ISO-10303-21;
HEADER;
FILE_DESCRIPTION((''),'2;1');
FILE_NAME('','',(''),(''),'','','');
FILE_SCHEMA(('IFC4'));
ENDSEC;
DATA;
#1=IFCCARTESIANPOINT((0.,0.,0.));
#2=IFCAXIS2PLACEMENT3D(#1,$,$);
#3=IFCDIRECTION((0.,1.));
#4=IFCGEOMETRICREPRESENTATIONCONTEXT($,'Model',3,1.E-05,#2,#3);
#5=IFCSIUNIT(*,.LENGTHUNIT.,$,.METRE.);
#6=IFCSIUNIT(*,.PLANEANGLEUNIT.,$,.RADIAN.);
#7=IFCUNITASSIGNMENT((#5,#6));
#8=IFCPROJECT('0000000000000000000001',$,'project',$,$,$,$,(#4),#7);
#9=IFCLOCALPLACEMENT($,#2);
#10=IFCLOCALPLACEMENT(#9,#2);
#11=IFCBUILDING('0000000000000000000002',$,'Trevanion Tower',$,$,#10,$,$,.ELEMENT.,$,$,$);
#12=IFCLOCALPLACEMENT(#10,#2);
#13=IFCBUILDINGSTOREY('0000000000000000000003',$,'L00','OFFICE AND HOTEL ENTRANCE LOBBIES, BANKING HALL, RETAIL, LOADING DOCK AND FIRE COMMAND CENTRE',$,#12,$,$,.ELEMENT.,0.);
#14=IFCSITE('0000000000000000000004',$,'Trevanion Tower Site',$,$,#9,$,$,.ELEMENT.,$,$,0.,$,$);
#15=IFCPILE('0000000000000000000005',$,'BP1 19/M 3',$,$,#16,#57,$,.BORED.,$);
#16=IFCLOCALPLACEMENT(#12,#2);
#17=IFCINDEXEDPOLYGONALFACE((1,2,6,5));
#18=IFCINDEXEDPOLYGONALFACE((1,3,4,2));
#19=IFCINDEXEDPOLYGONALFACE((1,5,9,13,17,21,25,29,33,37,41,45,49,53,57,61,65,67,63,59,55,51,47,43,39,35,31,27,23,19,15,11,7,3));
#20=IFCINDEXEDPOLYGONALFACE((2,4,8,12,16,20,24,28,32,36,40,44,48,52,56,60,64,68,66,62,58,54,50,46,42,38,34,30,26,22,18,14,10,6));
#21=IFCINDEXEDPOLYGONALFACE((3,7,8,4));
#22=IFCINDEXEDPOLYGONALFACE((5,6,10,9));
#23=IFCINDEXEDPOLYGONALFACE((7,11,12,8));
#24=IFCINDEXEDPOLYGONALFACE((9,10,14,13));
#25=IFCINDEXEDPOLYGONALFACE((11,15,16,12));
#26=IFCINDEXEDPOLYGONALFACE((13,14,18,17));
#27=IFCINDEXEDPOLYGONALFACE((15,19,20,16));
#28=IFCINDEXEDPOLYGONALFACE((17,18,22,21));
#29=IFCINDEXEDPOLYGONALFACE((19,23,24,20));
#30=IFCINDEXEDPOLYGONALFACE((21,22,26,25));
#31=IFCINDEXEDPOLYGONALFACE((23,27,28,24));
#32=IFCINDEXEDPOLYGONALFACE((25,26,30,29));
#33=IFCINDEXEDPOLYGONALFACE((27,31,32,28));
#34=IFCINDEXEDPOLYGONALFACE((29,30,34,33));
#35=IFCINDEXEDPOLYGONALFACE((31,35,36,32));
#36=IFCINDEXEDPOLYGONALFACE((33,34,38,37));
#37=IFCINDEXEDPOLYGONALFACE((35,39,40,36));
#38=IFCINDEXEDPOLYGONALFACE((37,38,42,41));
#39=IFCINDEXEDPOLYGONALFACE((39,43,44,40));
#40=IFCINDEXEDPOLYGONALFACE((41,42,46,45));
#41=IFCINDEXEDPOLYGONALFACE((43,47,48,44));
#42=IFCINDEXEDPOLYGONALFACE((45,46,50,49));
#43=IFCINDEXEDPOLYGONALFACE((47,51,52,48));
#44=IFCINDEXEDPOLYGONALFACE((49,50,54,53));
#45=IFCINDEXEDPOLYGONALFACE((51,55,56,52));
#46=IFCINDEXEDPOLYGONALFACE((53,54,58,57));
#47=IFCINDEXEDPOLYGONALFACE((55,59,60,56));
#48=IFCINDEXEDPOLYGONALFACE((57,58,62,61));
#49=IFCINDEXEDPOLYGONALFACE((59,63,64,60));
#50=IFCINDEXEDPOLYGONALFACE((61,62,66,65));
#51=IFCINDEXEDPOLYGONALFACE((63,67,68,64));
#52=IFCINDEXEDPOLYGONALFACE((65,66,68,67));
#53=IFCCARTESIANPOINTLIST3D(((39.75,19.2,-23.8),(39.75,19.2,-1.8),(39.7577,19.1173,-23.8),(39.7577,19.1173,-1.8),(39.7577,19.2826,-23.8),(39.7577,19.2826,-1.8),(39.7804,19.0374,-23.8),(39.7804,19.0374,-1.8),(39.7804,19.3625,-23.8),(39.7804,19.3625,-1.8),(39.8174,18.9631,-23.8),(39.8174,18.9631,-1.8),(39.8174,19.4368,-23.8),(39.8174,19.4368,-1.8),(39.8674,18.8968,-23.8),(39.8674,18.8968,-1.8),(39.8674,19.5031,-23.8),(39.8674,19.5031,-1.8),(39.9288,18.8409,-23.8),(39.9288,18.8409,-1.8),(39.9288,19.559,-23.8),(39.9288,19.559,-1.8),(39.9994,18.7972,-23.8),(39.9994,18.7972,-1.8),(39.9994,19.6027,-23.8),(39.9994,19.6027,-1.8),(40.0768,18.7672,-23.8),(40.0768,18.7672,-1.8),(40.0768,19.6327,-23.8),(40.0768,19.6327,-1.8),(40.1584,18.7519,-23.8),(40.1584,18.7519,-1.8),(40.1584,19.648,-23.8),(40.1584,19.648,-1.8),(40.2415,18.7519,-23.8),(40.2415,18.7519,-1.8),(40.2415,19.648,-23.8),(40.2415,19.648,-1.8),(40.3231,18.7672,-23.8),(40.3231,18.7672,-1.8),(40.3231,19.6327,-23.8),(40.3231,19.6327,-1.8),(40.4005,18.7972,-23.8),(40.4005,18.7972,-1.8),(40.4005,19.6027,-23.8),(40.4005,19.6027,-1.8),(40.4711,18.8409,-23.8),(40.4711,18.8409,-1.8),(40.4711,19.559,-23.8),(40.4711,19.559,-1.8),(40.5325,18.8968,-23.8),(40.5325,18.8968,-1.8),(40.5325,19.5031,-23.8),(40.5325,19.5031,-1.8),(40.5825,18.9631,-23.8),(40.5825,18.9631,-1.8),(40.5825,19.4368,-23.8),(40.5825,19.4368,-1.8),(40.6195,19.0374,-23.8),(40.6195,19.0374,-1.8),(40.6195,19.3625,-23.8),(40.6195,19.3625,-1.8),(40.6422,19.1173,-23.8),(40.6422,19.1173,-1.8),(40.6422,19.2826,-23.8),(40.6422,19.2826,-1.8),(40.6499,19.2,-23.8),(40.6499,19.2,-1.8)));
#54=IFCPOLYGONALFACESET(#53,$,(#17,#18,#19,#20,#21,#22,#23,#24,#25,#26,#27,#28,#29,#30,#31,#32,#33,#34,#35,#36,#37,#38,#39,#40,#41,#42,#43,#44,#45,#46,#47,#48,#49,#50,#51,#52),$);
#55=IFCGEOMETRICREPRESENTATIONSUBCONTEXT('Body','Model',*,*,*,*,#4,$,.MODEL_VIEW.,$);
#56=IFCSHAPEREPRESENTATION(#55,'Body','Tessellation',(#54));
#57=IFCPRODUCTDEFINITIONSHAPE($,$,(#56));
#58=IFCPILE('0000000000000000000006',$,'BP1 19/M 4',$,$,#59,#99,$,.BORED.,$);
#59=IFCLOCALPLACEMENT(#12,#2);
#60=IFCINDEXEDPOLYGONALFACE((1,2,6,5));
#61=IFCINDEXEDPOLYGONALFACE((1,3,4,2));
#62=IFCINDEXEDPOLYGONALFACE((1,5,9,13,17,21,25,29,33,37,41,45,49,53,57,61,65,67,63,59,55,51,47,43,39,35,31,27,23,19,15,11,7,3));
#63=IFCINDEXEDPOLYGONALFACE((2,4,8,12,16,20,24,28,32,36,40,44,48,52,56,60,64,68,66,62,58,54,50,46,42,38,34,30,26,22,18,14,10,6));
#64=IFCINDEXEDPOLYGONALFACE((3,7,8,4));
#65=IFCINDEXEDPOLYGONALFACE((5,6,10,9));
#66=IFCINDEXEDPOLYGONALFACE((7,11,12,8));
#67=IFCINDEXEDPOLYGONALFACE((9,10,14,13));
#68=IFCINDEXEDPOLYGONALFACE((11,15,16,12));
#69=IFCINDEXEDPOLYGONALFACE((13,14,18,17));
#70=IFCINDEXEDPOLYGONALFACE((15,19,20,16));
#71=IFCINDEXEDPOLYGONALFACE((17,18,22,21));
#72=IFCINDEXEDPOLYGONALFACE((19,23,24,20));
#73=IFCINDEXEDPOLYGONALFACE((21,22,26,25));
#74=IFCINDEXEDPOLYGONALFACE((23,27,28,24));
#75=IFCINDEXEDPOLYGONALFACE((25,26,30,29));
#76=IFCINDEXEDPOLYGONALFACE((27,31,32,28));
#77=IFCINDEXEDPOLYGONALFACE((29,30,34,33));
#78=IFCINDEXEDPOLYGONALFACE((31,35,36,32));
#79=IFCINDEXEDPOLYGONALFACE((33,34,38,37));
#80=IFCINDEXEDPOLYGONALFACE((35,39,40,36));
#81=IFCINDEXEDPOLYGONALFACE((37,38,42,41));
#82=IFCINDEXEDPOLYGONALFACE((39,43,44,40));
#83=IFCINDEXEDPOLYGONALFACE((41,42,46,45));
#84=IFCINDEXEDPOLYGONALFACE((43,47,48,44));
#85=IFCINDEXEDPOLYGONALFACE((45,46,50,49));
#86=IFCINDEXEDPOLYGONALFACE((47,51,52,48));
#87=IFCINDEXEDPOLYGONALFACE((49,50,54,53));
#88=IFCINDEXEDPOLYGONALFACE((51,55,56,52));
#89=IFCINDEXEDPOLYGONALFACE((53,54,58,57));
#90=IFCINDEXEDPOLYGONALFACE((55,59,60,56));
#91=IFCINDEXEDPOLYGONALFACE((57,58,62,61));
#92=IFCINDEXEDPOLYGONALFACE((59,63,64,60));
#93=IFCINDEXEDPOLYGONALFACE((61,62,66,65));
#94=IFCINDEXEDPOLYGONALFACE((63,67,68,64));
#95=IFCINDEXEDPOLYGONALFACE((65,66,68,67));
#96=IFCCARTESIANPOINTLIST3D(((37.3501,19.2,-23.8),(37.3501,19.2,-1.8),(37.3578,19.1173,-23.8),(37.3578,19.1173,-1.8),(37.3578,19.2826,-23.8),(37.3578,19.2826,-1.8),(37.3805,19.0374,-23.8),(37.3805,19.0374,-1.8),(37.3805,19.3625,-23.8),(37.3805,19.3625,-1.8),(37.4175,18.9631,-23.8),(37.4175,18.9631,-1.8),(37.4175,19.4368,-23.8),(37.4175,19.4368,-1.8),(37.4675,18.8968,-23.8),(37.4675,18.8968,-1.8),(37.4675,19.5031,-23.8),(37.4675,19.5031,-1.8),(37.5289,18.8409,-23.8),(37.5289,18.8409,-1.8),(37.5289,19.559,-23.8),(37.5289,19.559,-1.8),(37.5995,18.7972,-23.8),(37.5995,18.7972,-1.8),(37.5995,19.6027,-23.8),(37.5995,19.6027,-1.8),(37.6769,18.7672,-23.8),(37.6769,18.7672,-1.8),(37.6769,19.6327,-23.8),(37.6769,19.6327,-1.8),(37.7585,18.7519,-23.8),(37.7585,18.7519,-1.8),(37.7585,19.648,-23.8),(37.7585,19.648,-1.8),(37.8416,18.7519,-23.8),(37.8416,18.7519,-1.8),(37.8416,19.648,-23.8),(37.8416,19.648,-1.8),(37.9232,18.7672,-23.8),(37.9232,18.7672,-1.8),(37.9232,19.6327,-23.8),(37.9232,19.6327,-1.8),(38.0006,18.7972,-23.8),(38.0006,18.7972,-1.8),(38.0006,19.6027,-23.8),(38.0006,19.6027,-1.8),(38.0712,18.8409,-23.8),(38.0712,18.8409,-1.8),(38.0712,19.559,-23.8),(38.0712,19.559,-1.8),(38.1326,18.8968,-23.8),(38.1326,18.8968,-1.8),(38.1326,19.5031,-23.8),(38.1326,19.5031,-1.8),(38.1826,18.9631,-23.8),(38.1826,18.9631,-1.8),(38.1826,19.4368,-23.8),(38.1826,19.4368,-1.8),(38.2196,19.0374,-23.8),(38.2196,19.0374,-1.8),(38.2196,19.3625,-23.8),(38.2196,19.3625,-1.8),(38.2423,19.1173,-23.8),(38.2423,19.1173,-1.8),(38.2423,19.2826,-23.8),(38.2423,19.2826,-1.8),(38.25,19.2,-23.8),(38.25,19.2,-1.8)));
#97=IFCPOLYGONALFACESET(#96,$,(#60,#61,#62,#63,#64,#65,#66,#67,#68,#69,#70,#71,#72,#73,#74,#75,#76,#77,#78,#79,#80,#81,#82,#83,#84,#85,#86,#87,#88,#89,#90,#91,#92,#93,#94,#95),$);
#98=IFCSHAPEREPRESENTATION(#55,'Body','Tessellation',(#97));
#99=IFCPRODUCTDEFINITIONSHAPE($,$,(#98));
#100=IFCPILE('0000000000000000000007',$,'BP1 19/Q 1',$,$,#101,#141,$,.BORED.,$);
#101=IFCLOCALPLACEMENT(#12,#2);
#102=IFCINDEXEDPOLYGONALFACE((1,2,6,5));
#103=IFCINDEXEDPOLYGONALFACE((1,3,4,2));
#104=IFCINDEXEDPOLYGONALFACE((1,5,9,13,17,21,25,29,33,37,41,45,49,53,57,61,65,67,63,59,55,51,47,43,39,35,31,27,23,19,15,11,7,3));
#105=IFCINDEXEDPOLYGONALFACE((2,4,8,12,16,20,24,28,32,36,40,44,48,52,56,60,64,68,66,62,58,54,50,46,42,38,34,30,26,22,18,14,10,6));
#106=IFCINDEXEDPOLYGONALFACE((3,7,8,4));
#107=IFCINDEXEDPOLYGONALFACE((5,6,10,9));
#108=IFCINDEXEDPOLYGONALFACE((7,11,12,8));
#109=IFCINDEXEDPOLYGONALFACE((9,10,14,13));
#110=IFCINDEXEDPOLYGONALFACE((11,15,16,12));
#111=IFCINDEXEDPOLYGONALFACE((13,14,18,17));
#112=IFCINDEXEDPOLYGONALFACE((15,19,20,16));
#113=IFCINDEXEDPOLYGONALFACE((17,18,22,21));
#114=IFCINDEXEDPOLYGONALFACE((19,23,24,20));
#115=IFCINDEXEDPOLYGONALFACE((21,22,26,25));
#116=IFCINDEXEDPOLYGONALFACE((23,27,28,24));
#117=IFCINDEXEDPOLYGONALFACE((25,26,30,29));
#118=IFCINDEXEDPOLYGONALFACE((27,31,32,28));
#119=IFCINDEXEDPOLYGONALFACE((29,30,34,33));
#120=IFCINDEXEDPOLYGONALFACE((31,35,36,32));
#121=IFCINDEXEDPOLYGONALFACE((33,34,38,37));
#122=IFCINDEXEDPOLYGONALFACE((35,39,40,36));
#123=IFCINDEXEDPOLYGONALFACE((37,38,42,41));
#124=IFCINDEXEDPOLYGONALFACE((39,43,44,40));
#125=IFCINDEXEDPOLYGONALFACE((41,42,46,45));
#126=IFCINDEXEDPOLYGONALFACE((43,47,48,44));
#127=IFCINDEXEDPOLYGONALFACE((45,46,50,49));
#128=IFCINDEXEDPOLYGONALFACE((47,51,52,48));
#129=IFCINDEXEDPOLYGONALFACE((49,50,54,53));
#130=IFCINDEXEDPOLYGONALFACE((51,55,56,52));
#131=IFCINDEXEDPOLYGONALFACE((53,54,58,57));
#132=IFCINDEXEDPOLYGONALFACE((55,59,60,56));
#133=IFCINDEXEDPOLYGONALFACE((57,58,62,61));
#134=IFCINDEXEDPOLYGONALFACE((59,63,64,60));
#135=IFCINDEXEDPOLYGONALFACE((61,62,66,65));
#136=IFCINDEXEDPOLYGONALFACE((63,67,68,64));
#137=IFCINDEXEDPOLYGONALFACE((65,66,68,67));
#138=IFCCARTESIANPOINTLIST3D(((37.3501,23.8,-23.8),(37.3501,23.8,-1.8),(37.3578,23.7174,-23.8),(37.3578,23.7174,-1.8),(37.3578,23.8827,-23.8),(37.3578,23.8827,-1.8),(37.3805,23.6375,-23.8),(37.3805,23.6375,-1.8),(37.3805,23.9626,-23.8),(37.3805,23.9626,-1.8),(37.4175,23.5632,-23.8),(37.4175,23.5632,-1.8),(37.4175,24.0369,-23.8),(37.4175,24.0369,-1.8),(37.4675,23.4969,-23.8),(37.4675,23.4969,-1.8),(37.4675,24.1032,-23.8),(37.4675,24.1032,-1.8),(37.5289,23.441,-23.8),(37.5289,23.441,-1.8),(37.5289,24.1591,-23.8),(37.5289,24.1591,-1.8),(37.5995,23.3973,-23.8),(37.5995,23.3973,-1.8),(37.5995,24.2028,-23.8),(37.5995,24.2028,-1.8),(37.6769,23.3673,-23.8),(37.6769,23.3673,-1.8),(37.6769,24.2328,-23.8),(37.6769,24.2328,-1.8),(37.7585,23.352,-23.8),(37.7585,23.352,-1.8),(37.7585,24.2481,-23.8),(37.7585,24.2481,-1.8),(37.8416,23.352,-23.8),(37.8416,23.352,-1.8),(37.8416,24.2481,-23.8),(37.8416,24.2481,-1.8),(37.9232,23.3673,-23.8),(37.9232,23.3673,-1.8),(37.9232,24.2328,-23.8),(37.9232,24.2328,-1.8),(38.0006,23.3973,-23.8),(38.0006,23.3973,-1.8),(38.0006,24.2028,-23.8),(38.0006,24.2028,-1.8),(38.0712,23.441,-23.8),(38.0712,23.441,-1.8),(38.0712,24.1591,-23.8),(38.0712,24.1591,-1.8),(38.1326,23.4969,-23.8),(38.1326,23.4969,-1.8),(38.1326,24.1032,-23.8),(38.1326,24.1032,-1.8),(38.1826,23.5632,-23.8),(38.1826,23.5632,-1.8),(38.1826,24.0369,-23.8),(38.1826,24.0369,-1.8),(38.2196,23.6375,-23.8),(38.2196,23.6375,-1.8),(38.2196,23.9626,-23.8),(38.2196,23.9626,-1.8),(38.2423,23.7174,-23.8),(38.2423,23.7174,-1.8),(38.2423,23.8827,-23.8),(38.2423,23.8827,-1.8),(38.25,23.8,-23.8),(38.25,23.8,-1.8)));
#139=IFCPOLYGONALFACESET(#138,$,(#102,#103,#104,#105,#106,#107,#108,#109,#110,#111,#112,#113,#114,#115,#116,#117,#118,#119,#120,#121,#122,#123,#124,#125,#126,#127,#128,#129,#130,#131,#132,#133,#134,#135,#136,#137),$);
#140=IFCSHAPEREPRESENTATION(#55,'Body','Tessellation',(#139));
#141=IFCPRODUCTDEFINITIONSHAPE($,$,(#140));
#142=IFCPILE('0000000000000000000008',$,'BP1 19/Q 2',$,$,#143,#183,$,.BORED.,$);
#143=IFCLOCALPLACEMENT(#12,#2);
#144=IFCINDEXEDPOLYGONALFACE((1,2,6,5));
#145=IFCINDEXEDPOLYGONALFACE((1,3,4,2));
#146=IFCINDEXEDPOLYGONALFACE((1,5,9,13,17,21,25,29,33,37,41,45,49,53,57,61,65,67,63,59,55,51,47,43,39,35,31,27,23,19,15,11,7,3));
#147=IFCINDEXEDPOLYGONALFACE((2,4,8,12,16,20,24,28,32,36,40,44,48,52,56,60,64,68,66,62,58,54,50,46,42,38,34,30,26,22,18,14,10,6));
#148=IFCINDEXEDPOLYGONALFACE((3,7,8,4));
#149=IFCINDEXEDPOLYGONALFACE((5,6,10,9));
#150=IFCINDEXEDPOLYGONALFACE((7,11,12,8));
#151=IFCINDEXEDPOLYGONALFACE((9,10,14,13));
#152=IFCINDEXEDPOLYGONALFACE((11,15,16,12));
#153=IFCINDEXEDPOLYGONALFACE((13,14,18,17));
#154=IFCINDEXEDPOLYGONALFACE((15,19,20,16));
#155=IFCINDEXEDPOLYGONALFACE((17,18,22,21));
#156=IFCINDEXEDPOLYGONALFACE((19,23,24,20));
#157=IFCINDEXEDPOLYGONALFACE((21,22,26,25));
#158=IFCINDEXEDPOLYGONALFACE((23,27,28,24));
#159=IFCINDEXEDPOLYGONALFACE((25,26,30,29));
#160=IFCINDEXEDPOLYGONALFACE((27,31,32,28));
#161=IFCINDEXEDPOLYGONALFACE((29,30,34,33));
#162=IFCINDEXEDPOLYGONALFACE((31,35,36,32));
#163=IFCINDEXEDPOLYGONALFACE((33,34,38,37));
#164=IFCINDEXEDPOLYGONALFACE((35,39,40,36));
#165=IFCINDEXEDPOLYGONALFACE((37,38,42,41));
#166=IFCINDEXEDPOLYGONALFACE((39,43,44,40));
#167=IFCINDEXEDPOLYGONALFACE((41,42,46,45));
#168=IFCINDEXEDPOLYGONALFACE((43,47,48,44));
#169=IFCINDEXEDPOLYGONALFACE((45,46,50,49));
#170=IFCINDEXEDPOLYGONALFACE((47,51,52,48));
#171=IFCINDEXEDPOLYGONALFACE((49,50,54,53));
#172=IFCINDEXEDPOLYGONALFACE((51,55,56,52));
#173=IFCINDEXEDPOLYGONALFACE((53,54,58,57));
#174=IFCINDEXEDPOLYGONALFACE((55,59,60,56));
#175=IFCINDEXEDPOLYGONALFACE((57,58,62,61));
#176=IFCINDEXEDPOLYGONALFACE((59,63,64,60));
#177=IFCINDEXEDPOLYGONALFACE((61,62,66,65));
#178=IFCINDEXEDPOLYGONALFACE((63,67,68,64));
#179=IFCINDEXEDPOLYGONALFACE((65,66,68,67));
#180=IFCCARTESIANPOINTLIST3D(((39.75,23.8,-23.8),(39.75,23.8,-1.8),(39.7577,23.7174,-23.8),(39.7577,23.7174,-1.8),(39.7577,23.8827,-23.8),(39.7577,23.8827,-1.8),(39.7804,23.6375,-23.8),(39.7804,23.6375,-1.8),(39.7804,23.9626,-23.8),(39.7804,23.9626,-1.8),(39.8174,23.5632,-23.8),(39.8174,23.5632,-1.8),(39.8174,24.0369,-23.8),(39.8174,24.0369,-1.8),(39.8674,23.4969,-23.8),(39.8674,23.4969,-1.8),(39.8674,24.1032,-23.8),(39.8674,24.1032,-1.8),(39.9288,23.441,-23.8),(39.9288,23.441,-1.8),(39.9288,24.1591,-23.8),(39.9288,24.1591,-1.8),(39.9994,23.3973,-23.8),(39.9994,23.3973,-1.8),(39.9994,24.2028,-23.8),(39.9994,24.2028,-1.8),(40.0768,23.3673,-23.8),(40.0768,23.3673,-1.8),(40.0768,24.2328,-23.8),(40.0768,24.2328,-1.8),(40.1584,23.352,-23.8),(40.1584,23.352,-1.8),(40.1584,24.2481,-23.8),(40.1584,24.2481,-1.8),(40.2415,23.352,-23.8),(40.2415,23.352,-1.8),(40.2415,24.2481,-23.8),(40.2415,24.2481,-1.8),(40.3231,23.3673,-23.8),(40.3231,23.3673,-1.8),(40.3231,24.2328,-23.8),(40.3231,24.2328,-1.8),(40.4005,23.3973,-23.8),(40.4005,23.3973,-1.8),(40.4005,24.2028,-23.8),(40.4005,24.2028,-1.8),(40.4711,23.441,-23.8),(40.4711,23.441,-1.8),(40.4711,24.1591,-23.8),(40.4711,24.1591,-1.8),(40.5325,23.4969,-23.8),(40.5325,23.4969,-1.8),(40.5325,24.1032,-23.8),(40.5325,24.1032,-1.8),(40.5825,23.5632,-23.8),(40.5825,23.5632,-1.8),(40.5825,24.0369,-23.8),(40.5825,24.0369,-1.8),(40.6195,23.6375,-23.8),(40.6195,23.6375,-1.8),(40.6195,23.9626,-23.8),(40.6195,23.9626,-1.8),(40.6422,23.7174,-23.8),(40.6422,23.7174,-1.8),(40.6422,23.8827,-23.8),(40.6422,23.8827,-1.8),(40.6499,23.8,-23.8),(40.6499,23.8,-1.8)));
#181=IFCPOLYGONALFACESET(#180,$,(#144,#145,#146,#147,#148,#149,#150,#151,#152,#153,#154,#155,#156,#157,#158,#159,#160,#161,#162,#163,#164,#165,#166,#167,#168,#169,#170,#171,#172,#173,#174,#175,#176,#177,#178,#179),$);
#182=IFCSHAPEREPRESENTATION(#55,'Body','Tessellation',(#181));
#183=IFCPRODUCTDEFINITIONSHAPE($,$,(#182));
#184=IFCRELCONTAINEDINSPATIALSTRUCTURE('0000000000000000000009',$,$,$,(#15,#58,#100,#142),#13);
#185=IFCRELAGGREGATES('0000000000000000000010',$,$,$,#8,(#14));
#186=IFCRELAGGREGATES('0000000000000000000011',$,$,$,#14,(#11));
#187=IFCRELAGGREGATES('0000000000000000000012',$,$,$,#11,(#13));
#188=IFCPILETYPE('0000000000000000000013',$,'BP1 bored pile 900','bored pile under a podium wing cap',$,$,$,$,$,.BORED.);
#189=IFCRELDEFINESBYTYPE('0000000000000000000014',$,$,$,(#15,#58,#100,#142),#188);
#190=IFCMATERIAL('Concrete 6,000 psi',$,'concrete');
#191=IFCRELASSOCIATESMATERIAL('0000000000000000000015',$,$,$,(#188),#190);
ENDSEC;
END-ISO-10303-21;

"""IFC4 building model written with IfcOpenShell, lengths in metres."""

from ifc_helpers import new_model, si_unit, direction, frame, origin, origin_2d, place, context, subcontext, project, spatial, circle, extrude, material, material_profile, profile_set, type_object, element, save


model = new_model("IFC4")

# Units and contexts
model_context = context("Model", 3, precision=1e-05, world=origin(), true_north=direction((0.0, 1.0)))
body_context = subcontext(model_context, "Body", "Model", "MODEL_VIEW")
ifc_project = project(units=[si_unit("LENGTHUNIT", "METRE"), si_unit("PLANEANGLEUNIT", "RADIAN")], contexts=[model_context])

# Site, building, storey
site_placement = place(None, origin())
site = spatial("IfcSite", under=ifc_project, at=site_placement, Name="Trevanion Tower Site", CompositionType="ELEMENT", RefElevation=0.0)
building_placement = place(site_placement, origin())
building = spatial("IfcBuilding", under=site, at=building_placement, Name="Trevanion Tower", CompositionType="ELEMENT")
storey_placement = place(building_placement, origin())
storey = spatial("IfcBuildingStorey", under=building, at=storey_placement, Name="L00", Description="OFFICE AND HOTEL ENTRANCE LOBBIES, BANKING HALL, RETAIL, LOADING DOCK AND FIRE COMMAND CENTRE", CompositionType="ELEMENT", Elevation=0.0)

# Piles
ifc_material_1 = material(Name="Concrete 6,000 psi", Category="concrete")
ifc_material_profile_1 = material_profile(ifc_material_1, circle(Radius=0.45, at=origin_2d()), Name="BP1 bored pile 900")
ifc_profile_set_1 = profile_set([ifc_material_profile_1], Name="Concrete 6,000 psi")
pile_type = type_object("IfcPileType", Name="BP1 bored pile 900", Description="bored pile under a podium wing cap", PredefinedType="BORED", material=ifc_profile_set_1)
for number, where, z_axis, x_axis, name in (
    (1, (40.2, 19.2, -1.8), (0.0, 0.0, -1.0), (1.0, 0.0, 0.0), "BP1 19/M 3"),
    (2, (37.8, 19.2, -1.8), (0.0, 0.0, -1.0), (1.0, 0.0, 0.0), "BP1 19/M 4"),
    (3, (37.8, 23.8, -1.8), (0.0, 0.0, -1.0), (1.0, 0.0, 0.0), "BP1 19/Q 1"),
    (4, (40.2, 23.8, -1.8), (0.0, 0.0, -1.0), (1.0, 0.0, 0.0), "BP1 19/Q 2"),
):
    element("IfcPile", number, at=place(storey_placement, frame(where, z_axis=z_axis, x_axis=x_axis)), inside=storey, type_object=pile_type, Name=name, PredefinedType="BORED", context=body_context, shape_type="SweptSolid", body=[
        extrude(circle(Radius=0.45, at=origin_2d()), origin(), (0.0, 0.0, 1.0), 22.0),
    ])

save(model, "model.ifc")
